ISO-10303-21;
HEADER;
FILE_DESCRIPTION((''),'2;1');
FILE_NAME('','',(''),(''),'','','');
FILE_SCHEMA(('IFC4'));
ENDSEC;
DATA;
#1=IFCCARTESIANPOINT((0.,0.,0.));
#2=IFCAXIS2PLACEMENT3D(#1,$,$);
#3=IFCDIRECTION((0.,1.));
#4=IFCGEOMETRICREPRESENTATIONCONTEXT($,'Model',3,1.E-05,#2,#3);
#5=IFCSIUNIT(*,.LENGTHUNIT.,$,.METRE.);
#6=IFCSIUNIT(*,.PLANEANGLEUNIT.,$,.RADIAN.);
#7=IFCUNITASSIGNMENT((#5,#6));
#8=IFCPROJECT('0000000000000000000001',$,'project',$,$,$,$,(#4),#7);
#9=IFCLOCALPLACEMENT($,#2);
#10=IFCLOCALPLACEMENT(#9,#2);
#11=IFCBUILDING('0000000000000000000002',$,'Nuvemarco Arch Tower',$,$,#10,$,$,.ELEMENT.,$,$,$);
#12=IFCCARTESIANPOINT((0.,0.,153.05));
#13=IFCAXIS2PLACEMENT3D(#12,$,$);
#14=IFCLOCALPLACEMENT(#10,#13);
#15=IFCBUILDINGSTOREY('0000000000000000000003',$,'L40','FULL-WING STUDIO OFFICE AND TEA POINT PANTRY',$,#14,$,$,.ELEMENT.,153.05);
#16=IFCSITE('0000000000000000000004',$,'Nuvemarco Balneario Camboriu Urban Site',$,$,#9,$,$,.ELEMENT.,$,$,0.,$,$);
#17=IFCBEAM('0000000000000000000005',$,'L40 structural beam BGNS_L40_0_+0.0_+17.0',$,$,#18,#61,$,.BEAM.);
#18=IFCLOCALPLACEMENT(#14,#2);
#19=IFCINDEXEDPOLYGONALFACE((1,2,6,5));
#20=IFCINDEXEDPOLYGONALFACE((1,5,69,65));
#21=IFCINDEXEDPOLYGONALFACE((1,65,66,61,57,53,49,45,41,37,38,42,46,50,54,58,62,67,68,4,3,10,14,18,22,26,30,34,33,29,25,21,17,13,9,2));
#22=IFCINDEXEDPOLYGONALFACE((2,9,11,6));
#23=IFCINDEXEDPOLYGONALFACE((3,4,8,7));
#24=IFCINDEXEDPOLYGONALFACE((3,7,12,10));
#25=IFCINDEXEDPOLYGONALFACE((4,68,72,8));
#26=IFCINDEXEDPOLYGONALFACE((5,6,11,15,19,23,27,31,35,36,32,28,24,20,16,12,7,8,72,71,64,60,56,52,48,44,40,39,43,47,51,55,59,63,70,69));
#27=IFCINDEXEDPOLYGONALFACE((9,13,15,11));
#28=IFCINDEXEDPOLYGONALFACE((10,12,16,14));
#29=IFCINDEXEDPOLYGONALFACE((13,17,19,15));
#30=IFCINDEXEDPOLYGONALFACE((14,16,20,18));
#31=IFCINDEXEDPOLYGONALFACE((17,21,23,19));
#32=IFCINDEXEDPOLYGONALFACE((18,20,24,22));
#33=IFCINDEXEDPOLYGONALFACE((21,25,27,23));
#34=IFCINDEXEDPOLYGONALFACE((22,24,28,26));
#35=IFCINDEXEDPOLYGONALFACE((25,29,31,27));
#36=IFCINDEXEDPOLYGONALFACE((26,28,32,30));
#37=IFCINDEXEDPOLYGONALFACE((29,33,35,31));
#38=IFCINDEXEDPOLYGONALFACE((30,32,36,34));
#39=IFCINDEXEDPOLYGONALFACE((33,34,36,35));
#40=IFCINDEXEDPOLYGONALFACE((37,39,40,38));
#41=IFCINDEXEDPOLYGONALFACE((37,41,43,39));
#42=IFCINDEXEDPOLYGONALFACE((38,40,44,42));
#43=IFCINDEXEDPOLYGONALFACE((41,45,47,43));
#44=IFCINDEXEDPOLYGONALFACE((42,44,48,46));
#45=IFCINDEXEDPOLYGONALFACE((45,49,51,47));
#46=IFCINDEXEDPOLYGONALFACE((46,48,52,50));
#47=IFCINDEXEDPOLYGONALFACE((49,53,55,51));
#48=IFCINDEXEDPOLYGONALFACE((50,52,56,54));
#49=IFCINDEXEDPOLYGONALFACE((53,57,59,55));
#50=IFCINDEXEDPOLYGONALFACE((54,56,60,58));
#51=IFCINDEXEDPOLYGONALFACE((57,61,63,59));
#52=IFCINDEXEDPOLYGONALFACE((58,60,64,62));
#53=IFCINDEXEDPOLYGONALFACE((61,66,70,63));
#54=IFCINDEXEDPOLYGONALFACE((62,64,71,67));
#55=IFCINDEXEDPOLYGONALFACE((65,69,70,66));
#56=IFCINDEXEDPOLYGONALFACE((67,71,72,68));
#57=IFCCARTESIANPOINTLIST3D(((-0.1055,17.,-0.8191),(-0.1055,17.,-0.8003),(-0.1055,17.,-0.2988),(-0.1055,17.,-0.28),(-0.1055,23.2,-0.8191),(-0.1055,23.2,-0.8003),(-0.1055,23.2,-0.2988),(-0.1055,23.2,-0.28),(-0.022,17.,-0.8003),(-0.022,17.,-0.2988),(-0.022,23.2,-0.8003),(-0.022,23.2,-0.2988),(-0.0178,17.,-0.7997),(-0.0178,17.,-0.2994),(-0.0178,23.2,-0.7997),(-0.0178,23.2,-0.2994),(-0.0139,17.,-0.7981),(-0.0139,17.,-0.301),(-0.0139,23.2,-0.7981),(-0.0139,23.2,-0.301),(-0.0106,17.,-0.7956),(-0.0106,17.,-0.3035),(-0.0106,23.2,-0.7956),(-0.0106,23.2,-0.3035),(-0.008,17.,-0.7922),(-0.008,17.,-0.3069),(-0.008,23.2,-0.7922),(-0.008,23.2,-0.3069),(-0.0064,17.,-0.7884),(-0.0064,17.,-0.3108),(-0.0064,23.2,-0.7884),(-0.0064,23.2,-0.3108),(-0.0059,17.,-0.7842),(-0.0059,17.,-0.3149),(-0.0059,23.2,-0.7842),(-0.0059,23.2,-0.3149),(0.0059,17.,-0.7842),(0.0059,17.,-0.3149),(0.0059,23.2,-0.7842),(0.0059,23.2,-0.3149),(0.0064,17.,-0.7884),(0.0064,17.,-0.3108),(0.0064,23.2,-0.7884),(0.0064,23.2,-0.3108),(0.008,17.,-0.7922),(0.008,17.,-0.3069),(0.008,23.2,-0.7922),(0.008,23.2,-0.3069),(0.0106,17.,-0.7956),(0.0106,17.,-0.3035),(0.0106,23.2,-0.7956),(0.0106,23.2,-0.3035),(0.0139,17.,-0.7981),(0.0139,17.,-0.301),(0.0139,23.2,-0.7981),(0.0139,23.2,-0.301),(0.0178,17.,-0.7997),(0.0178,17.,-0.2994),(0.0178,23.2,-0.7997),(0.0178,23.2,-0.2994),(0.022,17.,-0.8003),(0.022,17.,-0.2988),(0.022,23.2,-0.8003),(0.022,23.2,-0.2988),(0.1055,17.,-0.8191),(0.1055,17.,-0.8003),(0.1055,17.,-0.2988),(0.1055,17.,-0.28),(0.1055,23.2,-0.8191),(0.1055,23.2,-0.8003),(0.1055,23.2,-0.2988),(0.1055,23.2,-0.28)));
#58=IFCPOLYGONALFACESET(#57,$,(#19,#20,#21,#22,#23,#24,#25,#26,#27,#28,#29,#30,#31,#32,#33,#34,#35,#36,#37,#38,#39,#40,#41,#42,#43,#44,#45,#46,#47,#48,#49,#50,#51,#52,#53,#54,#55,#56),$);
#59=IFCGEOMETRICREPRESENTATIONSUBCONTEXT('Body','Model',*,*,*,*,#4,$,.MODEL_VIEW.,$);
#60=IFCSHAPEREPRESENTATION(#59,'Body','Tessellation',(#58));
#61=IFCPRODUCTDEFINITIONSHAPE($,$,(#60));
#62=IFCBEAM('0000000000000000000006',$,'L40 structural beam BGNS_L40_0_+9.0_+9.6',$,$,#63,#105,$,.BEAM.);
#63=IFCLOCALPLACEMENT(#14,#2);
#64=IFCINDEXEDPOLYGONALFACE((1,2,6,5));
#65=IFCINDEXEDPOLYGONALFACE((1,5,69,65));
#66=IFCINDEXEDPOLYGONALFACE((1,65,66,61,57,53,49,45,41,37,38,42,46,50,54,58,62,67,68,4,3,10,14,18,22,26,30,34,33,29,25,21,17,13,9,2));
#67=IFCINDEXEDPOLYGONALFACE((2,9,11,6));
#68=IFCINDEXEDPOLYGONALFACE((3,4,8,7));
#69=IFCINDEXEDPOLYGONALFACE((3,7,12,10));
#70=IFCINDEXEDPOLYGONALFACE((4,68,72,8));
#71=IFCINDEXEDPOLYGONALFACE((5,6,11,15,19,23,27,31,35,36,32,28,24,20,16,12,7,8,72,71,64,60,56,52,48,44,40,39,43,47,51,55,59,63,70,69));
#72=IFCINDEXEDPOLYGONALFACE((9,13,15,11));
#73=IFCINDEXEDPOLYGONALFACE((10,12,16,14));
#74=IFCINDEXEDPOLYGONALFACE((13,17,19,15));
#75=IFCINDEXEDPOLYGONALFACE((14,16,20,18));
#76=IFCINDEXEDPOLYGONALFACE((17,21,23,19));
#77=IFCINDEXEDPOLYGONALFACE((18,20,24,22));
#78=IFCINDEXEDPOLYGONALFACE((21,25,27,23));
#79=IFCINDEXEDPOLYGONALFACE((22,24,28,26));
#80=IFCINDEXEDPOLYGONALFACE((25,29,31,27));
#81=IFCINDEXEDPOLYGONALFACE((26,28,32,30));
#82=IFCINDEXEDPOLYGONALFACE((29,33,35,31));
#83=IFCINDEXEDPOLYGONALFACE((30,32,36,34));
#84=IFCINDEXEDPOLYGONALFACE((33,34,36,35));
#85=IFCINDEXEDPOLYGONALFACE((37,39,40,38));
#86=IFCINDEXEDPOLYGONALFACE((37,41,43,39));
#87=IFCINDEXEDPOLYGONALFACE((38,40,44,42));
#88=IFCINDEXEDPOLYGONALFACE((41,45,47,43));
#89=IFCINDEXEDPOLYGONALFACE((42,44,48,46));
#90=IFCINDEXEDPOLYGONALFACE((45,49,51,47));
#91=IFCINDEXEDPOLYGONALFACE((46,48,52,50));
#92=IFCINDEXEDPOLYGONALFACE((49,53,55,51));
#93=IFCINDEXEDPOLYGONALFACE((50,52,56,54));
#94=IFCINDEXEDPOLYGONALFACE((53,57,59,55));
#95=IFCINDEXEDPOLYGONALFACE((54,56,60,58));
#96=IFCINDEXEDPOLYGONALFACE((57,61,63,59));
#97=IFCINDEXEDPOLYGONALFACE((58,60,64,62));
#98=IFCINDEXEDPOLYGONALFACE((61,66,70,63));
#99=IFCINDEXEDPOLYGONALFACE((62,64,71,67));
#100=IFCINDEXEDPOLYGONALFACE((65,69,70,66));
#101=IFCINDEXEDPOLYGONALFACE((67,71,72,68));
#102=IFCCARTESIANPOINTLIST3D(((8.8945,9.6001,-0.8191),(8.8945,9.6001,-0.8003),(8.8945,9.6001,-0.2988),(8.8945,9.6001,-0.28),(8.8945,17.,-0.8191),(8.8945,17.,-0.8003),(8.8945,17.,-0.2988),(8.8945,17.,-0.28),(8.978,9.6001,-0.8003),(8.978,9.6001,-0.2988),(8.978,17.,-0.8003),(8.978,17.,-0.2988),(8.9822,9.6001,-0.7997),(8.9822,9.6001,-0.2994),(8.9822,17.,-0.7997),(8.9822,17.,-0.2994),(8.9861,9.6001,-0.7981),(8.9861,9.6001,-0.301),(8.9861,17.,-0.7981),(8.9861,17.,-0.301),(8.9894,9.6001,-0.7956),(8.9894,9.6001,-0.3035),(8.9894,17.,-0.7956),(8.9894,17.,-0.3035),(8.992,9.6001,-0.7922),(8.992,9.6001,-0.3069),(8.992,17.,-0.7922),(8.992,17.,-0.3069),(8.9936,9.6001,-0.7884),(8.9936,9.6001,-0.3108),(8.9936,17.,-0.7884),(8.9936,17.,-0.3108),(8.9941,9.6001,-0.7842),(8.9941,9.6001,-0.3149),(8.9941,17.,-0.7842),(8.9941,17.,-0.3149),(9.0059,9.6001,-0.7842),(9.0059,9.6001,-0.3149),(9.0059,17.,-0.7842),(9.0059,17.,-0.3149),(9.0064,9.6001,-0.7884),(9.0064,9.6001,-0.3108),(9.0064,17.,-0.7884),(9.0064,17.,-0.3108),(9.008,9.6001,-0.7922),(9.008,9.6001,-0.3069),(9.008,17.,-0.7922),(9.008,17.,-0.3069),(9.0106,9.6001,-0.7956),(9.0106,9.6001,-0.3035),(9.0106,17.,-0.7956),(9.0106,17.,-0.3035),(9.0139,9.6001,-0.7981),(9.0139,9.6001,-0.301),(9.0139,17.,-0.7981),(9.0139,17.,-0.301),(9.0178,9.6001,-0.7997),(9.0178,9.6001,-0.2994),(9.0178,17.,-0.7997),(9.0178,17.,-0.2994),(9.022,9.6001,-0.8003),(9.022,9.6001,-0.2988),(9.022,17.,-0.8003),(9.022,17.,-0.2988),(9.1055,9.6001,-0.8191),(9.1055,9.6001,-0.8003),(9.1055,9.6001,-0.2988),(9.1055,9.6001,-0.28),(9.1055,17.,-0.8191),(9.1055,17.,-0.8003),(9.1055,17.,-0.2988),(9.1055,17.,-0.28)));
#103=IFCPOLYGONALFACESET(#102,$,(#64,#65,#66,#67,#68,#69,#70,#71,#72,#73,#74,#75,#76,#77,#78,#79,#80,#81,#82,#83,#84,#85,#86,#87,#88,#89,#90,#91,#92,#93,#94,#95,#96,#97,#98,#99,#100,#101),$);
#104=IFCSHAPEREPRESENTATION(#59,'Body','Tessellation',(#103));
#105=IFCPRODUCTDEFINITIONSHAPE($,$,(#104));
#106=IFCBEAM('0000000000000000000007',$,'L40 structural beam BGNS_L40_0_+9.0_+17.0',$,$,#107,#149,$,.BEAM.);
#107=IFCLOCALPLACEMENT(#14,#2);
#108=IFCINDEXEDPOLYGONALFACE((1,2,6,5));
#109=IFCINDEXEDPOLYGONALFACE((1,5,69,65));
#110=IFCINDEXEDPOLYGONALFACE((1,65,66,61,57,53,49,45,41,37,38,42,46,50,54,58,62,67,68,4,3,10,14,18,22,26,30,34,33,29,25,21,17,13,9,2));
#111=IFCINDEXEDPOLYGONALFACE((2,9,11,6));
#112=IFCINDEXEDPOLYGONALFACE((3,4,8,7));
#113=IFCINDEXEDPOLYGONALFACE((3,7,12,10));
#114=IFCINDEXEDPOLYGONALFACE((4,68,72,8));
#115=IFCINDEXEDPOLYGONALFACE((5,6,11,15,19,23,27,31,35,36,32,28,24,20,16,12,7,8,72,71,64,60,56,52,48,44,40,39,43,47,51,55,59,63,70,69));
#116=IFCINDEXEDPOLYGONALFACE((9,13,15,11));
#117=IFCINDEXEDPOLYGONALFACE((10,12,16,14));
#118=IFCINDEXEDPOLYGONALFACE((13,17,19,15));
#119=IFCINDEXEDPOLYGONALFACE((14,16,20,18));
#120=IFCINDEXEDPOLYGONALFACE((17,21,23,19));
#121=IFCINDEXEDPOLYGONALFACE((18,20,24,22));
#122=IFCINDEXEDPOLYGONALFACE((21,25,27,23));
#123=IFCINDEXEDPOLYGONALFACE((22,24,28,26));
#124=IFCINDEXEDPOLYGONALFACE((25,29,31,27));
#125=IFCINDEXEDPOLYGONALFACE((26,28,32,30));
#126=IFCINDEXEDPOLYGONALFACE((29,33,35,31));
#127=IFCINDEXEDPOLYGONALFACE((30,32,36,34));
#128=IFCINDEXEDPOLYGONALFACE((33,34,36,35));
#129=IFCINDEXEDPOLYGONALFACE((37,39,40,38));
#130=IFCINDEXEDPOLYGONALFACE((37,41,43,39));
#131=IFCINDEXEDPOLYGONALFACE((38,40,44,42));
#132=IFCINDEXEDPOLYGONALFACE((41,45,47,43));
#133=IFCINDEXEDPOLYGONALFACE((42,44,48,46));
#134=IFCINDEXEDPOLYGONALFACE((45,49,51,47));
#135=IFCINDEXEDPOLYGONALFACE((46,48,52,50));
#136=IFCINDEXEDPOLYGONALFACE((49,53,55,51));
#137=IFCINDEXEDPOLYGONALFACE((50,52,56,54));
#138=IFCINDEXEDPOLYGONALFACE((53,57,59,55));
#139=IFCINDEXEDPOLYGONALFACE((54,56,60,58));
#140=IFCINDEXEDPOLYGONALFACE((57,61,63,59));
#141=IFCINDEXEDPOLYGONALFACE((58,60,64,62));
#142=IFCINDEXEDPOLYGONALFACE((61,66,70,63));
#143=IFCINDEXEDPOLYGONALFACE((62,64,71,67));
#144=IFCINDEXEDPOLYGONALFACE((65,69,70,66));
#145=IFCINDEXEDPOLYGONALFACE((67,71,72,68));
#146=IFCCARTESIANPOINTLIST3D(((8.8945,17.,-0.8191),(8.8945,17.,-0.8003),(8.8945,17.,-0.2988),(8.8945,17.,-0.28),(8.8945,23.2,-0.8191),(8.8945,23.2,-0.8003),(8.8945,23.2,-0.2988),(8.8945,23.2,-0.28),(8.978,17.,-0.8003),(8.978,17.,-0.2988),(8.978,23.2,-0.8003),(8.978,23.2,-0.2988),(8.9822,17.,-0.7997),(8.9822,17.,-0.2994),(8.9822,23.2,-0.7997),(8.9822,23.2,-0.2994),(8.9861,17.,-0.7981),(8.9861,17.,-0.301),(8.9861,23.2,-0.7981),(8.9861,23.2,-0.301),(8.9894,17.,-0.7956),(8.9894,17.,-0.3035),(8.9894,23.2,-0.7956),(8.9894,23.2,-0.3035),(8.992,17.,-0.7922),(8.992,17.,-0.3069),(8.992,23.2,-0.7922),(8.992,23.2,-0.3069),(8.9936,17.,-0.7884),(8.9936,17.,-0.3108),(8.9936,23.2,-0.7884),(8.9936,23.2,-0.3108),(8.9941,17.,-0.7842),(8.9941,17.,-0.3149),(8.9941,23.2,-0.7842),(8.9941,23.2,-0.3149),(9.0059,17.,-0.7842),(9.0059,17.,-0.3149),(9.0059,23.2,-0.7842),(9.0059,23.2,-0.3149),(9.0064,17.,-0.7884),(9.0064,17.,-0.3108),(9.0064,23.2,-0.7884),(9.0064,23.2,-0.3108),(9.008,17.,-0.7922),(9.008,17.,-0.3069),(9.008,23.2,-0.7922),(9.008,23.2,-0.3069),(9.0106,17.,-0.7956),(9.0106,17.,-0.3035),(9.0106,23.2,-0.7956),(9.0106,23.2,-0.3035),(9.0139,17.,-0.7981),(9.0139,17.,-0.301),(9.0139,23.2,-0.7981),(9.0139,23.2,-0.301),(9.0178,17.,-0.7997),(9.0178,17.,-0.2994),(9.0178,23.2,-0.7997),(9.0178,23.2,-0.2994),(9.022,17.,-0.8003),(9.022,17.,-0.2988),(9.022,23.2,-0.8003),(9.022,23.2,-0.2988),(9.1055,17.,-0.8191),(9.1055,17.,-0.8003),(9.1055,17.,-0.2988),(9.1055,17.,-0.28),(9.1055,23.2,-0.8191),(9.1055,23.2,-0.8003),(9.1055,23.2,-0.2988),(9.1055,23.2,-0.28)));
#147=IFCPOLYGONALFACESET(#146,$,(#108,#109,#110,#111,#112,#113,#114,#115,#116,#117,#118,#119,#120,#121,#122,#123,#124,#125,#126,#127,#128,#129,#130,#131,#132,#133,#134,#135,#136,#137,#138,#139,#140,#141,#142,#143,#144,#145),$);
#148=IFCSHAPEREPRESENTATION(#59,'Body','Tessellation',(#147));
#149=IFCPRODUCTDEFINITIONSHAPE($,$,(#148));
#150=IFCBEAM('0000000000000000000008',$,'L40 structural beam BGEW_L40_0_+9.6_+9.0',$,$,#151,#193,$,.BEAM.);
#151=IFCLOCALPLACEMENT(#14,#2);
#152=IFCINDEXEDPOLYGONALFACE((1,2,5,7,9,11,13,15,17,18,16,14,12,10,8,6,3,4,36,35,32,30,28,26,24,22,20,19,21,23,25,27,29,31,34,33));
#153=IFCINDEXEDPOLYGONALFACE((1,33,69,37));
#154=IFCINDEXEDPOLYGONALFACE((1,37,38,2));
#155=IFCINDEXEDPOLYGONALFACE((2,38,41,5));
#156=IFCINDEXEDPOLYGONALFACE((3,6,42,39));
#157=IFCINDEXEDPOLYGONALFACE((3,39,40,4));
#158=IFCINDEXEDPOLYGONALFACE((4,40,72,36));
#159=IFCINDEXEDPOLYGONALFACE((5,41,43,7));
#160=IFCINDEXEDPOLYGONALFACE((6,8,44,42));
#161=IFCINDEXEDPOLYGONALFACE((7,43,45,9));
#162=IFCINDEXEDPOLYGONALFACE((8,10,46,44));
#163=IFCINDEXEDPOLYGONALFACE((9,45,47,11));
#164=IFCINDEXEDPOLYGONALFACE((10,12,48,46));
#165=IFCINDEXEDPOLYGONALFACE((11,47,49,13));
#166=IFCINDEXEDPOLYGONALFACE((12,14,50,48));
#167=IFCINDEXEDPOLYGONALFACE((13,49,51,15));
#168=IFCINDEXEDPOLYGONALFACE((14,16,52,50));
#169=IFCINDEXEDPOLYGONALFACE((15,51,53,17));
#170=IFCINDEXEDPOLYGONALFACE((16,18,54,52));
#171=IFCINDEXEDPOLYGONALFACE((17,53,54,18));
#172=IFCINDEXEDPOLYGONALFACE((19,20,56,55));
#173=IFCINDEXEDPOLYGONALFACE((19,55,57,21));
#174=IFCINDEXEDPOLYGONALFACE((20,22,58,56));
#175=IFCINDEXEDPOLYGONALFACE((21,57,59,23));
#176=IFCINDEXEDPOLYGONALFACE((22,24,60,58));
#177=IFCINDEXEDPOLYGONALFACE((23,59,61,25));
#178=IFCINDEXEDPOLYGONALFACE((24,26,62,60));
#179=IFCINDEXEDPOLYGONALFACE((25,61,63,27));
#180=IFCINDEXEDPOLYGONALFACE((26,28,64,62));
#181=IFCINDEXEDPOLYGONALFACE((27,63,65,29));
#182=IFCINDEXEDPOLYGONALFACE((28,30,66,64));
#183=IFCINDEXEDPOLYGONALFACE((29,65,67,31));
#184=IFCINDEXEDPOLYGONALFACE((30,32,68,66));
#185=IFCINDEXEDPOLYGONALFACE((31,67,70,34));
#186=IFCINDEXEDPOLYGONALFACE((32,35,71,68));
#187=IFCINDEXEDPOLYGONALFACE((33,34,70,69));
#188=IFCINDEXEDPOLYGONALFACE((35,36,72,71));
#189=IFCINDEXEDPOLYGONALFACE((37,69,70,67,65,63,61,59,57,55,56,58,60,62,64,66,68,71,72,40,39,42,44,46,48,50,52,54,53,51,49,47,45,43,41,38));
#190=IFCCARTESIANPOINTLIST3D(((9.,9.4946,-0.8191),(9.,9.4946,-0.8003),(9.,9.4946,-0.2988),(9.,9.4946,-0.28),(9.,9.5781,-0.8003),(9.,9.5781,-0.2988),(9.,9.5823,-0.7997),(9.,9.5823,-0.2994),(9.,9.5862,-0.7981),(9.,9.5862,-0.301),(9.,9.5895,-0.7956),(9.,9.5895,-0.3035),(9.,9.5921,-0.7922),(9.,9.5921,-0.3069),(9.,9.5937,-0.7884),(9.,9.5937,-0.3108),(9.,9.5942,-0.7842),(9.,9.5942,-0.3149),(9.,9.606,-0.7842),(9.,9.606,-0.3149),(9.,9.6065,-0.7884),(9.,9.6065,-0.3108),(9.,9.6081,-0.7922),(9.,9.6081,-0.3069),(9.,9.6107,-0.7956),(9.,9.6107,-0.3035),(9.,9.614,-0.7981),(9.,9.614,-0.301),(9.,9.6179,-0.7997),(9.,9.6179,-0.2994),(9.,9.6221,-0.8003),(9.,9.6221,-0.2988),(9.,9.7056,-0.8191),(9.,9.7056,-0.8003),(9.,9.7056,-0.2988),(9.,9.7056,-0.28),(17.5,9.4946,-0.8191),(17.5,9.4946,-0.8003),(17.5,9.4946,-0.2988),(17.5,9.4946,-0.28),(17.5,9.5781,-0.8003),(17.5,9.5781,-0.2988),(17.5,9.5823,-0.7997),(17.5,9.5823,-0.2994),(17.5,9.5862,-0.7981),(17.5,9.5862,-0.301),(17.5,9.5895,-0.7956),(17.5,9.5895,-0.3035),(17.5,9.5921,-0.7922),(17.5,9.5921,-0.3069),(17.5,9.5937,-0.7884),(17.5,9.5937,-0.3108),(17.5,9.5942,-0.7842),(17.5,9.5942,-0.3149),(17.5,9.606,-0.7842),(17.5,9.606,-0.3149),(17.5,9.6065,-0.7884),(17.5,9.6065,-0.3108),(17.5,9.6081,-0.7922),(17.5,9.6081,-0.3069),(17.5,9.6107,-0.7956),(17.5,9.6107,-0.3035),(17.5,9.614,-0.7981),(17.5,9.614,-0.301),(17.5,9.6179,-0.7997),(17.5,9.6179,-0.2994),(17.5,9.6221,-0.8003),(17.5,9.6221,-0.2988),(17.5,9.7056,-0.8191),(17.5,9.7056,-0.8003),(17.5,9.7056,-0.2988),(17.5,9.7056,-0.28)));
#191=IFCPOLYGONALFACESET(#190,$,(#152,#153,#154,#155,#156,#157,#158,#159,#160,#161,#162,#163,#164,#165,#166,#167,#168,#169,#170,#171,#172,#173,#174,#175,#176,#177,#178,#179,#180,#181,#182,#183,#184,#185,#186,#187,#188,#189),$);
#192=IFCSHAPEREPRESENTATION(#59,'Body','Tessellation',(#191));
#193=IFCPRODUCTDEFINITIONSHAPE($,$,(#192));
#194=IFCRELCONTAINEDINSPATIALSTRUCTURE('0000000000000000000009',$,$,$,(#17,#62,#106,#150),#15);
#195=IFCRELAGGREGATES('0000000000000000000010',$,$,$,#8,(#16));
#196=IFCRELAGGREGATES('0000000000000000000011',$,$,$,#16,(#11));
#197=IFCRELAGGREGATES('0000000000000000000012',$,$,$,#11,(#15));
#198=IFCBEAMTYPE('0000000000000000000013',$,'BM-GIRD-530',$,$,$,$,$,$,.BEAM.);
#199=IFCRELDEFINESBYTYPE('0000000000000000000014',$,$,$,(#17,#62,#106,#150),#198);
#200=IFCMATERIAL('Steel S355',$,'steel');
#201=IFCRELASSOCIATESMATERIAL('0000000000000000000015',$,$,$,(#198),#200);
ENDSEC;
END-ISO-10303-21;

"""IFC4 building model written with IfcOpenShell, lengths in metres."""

from ifc_helpers import new_model, si_unit, direction, frame, origin, origin_2d, place, context, subcontext, project, spatial, i_section, extrude, material, material_profile, profile_set, type_object, element, save


model = new_model("IFC4")

# Units and contexts
model_context = context("Model", 3, precision=1e-05, world=origin(), true_north=direction((0.0, 1.0)))
body_context = subcontext(model_context, "Body", "Model", "MODEL_VIEW")
ifc_project = project(units=[si_unit("LENGTHUNIT", "METRE"), si_unit("PLANEANGLEUNIT", "RADIAN")], contexts=[model_context])

# Site, building, storey
site_placement = place(None, origin())
site = spatial("IfcSite", under=ifc_project, at=site_placement, Name="Nuvemarco Balneario Camboriu Urban Site", CompositionType="ELEMENT", RefElevation=0.0)
building_placement = place(site_placement, origin())
building = spatial("IfcBuilding", under=site, at=building_placement, Name="Nuvemarco Arch Tower", CompositionType="ELEMENT")
storey_placement = place(building_placement, frame((0.0, 0.0, 153.05)))
storey = spatial("IfcBuildingStorey", under=building, at=storey_placement, Name="L40", Description="FULL-WING STUDIO OFFICE AND TEA POINT PANTRY", CompositionType="ELEMENT", Elevation=153.05)

# Shared definitions
ifc_material_1 = material(Name="Steel S355", Category="steel")

# Beams
ifc_material_profile_1 = material_profile(ifc_material_1, i_section(OverallWidth=0.2109, OverallDepth=0.5391, WebThickness=0.0117, FlangeThickness=0.0188, FilletRadius=0.0161, at=origin_2d()), Name="W530x109")
ifc_profile_set_1 = profile_set([ifc_material_profile_1], Name="Steel S355")
beam_type_1 = type_object("IfcBeamType", Name="BM-GIRD-530", PredefinedType="BEAM", material=ifc_profile_set_1)
beam_1_placement = place(storey_placement, frame((0.0, 17.0, -0.5496), z_axis=(0.0, 1.0, 0.0), x_axis=(-1.0, 0.0, 0.0)))
element("IfcBeam", 1, at=beam_1_placement, inside=storey, type_object=beam_type_1, Name="L40 structural beam BGNS_L40_0_+0.0_+17.0", PredefinedType="BEAM", context=body_context, shape_type="SweptSolid", body=[
    extrude(i_section(OverallWidth=0.2109, OverallDepth=0.5391, WebThickness=0.0117, FlangeThickness=0.0188, FilletRadius=0.0161, at=origin_2d()), origin(), (0.0, 0.0, 1.0), 6.2),
])
beam_2_placement = place(storey_placement, frame((9.0, 9.6001, -0.5496), z_axis=(0.0, 1.0, 0.0), x_axis=(-1.0, 0.0, 0.0)))
element("IfcBeam", 2, at=beam_2_placement, inside=storey, type_object=beam_type_1, Name="L40 structural beam BGNS_L40_0_+9.0_+9.6", PredefinedType="BEAM", context=body_context, shape_type="SweptSolid", body=[
    extrude(i_section(OverallWidth=0.2109, OverallDepth=0.5391, WebThickness=0.0117, FlangeThickness=0.0188, FilletRadius=0.0161, at=origin_2d()), origin(), (0.0, 0.0, 1.0), 7.3999),
])
beam_3_placement = place(storey_placement, frame((9.0, 17.0, -0.5496), z_axis=(0.0, 1.0, 0.0), x_axis=(-1.0, 0.0, 0.0)))
element("IfcBeam", 3, at=beam_3_placement, inside=storey, type_object=beam_type_1, Name="L40 structural beam BGNS_L40_0_+9.0_+17.0", PredefinedType="BEAM", context=body_context, shape_type="SweptSolid", body=[
    extrude(i_section(OverallWidth=0.2109, OverallDepth=0.5391, WebThickness=0.0117, FlangeThickness=0.0188, FilletRadius=0.0161, at=origin_2d()), origin(), (0.0, 0.0, 1.0), 6.2),
])
beam_4_placement = place(storey_placement, frame((9.0, 9.6001, -0.5496), z_axis=(1.0, 0.0, 0.0), x_axis=(0.0, 1.0, 0.0)))
element("IfcBeam", 4, at=beam_4_placement, inside=storey, type_object=beam_type_1, Name="L40 structural beam BGEW_L40_0_+9.6_+9.0", PredefinedType="BEAM", context=body_context, shape_type="SweptSolid", body=[
    extrude(i_section(OverallWidth=0.2109, OverallDepth=0.5391, WebThickness=0.0117, FlangeThickness=0.0188, FilletRadius=0.0161, at=origin_2d()), origin(), (0.0, 0.0, 1.0), 8.5),
])

save(model, "model.ifc")
